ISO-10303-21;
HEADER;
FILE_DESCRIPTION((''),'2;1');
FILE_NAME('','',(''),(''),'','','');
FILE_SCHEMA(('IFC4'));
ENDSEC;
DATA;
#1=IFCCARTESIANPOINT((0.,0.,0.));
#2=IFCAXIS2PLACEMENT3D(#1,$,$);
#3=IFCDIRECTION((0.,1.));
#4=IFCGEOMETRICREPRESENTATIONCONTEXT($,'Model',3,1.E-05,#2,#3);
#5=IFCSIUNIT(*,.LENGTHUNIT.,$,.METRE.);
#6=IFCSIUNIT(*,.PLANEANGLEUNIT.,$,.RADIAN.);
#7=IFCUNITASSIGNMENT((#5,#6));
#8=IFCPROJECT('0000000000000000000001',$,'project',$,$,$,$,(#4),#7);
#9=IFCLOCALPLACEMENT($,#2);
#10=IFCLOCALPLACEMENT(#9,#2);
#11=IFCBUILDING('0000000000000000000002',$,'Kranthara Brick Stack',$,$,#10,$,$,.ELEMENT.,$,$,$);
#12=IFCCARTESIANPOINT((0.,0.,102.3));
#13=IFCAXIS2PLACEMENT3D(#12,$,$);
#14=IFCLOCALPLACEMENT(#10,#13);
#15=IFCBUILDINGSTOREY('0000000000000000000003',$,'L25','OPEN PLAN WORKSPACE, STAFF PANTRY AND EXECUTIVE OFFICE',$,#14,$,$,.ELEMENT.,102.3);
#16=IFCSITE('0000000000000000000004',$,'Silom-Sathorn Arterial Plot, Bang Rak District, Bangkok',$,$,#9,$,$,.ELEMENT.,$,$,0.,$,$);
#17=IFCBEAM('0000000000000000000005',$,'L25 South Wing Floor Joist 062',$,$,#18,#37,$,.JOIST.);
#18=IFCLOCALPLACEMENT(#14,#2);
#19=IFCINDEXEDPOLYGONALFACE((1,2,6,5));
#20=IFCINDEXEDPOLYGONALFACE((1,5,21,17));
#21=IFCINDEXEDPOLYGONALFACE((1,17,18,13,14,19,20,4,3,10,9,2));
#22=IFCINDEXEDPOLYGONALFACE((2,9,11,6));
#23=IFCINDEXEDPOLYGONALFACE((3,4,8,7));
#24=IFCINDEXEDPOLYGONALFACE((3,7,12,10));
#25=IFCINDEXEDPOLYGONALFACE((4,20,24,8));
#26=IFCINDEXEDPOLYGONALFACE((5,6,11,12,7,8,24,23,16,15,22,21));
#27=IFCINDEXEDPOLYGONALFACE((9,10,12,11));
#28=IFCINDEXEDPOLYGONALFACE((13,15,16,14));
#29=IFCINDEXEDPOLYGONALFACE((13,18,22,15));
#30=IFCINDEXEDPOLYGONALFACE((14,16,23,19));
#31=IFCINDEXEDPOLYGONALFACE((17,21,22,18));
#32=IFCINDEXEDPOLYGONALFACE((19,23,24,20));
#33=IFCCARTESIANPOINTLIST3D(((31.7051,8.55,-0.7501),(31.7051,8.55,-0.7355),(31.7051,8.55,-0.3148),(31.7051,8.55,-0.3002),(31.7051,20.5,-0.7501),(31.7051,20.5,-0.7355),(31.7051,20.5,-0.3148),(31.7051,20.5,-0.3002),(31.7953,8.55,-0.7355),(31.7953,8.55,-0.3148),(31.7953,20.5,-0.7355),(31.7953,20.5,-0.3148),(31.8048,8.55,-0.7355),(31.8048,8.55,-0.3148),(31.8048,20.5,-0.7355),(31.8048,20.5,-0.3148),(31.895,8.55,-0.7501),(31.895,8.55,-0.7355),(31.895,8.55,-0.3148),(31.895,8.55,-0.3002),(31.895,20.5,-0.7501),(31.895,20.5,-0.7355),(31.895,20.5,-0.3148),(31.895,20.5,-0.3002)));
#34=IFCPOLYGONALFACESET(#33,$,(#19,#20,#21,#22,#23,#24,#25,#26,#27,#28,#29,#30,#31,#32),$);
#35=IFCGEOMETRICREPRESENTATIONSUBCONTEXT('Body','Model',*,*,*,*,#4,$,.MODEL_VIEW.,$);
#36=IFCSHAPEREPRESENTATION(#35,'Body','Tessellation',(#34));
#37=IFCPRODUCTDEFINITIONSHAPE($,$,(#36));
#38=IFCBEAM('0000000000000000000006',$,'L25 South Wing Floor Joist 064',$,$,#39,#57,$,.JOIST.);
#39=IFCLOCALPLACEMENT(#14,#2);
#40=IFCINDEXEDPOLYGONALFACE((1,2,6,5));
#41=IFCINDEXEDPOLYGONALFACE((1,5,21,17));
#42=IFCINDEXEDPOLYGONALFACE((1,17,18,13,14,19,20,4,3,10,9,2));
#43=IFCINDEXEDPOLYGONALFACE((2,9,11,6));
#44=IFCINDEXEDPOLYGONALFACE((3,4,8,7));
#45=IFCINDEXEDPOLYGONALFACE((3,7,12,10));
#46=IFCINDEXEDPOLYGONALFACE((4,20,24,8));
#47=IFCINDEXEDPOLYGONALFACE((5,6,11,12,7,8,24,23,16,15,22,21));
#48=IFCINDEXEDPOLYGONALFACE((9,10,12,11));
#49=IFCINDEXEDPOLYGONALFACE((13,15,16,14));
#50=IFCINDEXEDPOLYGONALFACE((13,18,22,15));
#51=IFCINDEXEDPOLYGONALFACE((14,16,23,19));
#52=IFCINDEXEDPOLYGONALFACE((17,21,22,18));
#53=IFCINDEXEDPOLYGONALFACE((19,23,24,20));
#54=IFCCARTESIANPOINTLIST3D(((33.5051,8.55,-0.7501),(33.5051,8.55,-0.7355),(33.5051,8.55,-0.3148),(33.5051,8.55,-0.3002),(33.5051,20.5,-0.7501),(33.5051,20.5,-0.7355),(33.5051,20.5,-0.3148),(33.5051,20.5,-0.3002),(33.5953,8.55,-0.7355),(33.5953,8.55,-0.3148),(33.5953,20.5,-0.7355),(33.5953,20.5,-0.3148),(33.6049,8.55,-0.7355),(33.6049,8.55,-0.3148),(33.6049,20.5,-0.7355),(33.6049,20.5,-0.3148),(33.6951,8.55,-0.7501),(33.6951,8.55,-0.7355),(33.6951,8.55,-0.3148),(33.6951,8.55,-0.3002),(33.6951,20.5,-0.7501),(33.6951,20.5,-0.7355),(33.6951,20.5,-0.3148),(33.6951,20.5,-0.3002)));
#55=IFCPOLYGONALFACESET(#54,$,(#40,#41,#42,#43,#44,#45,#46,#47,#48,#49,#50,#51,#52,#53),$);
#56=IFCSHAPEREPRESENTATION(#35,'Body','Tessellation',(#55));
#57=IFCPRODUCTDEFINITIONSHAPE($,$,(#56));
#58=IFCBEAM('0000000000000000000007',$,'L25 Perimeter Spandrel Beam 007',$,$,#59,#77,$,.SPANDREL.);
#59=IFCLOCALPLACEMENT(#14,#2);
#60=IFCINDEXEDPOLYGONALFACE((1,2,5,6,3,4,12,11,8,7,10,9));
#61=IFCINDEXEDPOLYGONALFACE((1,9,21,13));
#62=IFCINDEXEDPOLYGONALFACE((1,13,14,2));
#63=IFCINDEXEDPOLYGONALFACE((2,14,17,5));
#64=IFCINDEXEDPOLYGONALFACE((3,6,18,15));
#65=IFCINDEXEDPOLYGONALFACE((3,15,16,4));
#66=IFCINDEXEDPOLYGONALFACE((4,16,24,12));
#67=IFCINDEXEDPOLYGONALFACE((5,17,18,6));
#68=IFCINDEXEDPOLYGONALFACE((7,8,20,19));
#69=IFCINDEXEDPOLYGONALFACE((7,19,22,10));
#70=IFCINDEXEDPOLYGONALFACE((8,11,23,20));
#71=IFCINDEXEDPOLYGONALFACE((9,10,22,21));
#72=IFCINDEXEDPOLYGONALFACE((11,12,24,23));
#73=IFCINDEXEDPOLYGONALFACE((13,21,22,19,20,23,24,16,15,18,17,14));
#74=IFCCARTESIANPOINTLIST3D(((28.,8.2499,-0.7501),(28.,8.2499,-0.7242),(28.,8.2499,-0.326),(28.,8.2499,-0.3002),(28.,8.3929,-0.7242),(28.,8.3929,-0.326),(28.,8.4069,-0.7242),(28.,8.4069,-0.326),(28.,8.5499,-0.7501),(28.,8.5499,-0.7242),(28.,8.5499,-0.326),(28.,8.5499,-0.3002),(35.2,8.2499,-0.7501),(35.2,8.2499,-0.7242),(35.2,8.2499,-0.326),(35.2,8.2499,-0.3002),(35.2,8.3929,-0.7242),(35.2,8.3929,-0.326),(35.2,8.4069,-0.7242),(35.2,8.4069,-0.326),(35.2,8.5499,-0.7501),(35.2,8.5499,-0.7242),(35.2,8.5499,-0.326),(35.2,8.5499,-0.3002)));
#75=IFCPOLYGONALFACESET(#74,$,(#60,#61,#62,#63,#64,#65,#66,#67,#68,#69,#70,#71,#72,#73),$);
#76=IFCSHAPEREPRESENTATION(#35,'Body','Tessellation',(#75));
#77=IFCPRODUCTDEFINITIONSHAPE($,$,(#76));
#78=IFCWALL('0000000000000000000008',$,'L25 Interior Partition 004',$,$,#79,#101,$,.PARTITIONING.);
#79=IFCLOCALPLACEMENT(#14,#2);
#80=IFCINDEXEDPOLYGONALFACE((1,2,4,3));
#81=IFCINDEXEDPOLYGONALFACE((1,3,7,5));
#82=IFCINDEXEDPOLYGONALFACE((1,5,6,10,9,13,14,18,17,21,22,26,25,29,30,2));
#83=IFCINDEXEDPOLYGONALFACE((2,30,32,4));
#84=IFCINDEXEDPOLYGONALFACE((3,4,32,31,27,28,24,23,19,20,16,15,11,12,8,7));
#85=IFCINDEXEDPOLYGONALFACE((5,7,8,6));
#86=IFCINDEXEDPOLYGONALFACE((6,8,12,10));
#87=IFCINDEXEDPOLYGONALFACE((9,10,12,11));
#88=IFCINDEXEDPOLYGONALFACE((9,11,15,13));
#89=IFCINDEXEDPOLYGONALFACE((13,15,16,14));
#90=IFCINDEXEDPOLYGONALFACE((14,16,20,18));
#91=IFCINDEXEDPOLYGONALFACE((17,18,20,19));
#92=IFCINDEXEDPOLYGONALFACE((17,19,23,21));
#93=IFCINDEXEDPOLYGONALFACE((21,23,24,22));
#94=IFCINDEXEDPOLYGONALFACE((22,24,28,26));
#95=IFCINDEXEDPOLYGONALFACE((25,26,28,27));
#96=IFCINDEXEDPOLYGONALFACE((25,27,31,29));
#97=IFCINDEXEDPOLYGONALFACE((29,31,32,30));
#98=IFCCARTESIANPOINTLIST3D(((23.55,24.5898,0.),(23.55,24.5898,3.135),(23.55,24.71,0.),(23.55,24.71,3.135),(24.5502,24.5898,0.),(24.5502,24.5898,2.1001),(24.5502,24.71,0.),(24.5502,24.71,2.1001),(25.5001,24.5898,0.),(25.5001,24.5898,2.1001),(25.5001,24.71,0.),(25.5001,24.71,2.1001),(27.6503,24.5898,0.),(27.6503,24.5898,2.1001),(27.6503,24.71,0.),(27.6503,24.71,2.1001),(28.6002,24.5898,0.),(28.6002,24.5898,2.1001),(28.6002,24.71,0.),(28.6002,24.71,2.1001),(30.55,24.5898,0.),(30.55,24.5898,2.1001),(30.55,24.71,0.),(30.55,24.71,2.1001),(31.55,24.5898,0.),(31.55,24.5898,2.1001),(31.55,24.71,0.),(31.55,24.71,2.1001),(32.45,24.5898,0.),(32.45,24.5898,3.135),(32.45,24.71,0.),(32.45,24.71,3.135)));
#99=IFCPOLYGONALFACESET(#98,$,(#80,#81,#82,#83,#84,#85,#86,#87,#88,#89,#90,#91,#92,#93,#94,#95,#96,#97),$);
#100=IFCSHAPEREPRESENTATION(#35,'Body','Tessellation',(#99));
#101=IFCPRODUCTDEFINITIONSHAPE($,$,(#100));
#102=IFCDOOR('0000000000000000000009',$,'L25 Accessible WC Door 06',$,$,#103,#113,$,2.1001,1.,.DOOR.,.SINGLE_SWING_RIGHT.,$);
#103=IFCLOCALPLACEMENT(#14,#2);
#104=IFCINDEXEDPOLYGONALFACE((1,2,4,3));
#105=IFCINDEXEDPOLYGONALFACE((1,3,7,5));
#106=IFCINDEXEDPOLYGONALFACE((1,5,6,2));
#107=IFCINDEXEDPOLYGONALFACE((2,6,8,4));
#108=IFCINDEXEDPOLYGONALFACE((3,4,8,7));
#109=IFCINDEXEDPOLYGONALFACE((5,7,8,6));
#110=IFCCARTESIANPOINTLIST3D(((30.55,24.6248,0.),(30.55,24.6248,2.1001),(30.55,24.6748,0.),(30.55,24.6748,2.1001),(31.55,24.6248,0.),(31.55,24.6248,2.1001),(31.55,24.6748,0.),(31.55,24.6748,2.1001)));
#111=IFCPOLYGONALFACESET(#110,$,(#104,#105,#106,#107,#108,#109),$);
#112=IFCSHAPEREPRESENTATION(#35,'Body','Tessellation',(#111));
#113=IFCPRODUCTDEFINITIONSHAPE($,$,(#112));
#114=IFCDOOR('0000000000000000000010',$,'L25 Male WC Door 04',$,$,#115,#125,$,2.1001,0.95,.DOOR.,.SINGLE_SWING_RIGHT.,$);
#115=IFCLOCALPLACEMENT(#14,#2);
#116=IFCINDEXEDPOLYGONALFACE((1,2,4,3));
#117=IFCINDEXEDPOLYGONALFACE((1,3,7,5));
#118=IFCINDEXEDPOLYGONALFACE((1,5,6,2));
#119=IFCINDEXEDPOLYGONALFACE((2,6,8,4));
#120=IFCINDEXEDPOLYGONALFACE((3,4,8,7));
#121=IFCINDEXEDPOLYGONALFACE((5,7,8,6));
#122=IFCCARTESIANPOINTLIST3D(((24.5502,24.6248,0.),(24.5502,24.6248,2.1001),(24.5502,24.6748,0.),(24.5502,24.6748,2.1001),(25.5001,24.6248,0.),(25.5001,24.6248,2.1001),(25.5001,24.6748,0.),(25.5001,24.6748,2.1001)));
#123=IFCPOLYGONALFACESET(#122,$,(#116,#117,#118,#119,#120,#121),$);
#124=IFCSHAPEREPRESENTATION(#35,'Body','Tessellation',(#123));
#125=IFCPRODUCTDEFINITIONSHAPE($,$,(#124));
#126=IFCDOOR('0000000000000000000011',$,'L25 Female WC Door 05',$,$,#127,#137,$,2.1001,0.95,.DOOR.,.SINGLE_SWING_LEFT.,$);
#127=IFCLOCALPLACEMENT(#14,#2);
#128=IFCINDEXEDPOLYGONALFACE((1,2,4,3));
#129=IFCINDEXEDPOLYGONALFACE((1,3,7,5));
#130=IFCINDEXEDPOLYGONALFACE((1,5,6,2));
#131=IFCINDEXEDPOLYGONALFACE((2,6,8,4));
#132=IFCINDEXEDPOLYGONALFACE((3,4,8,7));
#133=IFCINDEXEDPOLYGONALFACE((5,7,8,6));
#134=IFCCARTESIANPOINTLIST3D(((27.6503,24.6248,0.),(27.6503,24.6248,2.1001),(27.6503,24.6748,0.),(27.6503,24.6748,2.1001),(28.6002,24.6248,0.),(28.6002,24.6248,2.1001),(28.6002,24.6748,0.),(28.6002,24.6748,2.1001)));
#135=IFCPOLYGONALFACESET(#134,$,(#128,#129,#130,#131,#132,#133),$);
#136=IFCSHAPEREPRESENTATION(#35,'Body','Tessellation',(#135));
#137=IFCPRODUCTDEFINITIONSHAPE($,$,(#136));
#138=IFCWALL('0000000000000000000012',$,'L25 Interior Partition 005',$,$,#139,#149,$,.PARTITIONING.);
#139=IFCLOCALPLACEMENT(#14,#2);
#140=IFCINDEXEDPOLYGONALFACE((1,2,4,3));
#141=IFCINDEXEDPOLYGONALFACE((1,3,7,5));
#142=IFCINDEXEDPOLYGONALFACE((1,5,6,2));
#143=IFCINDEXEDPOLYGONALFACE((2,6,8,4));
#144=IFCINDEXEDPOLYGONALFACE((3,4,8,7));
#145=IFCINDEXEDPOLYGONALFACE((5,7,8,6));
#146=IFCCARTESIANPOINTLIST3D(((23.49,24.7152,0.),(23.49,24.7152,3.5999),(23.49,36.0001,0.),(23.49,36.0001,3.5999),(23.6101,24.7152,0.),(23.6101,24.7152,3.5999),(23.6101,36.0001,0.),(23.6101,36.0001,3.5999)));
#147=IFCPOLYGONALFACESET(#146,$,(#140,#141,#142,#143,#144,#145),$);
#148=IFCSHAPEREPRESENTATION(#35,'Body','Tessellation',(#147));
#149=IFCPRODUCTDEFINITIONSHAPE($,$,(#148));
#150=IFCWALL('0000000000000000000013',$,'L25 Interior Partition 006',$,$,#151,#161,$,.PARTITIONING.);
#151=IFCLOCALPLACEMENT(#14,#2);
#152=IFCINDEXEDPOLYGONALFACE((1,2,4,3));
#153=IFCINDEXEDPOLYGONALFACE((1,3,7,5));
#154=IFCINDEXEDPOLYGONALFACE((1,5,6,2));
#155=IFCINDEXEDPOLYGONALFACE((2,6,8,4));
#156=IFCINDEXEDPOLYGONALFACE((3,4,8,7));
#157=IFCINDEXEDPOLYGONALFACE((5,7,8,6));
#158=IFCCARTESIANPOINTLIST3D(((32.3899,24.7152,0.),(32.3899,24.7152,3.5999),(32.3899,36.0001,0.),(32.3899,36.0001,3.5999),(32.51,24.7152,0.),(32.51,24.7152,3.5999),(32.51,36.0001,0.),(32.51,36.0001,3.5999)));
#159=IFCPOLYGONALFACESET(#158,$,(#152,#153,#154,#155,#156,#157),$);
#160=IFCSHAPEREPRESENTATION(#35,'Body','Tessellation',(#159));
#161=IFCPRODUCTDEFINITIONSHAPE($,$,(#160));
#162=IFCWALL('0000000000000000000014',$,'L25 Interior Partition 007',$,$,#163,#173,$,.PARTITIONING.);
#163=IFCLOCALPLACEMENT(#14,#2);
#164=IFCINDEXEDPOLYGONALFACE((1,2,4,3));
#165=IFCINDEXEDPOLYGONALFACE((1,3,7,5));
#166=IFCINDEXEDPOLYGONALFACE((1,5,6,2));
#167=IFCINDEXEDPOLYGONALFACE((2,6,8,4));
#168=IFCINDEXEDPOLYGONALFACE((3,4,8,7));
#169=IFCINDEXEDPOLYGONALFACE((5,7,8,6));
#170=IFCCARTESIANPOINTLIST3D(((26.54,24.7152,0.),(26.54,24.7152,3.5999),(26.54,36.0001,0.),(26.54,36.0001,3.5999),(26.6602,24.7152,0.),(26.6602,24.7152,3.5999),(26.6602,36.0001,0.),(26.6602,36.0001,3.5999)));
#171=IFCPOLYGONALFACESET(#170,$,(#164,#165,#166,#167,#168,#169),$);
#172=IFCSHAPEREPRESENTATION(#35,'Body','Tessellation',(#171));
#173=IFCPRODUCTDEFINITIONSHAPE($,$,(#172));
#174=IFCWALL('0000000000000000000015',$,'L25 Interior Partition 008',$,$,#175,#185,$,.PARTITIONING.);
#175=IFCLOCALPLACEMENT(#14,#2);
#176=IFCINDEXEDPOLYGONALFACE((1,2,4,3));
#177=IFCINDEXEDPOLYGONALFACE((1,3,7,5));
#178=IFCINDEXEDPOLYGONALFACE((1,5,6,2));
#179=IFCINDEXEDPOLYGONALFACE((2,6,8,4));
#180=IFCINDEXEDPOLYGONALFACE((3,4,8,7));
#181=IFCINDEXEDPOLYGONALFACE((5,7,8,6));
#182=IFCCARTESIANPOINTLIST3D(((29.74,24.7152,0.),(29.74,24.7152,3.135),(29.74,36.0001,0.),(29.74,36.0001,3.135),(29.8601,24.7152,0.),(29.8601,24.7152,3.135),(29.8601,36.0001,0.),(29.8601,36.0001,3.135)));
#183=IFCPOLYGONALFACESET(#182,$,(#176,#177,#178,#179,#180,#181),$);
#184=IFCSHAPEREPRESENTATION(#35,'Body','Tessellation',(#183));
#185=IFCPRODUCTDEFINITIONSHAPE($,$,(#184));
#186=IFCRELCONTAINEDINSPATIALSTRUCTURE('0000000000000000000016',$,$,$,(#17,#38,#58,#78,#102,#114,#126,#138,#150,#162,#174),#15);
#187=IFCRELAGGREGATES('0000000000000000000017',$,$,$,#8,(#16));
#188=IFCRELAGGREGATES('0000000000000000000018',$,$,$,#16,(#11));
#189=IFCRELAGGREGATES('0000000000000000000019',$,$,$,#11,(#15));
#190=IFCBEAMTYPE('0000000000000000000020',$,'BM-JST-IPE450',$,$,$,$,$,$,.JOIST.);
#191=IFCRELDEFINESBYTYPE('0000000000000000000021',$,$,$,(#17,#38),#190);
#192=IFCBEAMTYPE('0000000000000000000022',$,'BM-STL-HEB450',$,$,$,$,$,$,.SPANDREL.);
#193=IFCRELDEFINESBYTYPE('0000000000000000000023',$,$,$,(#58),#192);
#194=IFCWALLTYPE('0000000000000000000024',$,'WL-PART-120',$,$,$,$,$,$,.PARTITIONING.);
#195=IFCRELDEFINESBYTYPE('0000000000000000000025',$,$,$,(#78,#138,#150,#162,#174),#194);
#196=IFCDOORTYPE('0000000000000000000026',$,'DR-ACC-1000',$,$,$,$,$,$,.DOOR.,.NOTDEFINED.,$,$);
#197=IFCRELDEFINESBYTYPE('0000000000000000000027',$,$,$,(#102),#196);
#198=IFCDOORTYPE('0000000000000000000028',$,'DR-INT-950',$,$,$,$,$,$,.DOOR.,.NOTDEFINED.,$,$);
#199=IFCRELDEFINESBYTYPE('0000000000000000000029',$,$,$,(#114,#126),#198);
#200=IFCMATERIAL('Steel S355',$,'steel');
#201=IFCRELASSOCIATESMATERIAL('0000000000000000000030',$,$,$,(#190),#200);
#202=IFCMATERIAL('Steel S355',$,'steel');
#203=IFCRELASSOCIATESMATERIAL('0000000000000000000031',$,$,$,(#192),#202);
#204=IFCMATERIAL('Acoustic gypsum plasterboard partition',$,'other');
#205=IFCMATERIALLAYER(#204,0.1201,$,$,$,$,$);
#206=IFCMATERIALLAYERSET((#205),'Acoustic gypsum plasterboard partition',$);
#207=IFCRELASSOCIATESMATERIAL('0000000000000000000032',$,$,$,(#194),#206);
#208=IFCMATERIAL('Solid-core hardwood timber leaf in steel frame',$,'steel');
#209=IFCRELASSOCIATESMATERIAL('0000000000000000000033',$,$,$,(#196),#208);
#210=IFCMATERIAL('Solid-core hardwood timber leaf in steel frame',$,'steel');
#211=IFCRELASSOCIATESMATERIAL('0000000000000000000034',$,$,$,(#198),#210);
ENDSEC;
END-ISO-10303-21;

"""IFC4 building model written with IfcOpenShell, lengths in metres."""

from ifc_helpers import new_model, si_unit, direction, frame, frame_2d, origin, origin_2d, place, context, subcontext, project, spatial, rectangle, i_section, extrude, material, layer, layer_set, material_profile, profile_set, type_object, element, fill, save


model = new_model("IFC4")

# Units and contexts
model_context = context("Model", 3, precision=1e-05, world=origin(), true_north=direction((0.0, 1.0)))
body_context = subcontext(model_context, "Body", "Model", "MODEL_VIEW")
ifc_project = project(units=[si_unit("LENGTHUNIT", "METRE"), si_unit("PLANEANGLEUNIT", "RADIAN")], contexts=[model_context])

# Site, building, storey
site_placement = place(None, origin())
site = spatial("IfcSite", under=ifc_project, at=site_placement, Name="Silom-Sathorn Arterial Plot, Bang Rak District, Bangkok", CompositionType="ELEMENT", RefElevation=0.0)
building_placement = place(site_placement, origin())
building = spatial("IfcBuilding", under=site, at=building_placement, Name="Kranthara Brick Stack", CompositionType="ELEMENT")
storey_placement = place(building_placement, frame((0.0, 0.0, 102.3)))
storey = spatial("IfcBuildingStorey", under=building, at=storey_placement, Name="L25", Description="OPEN PLAN WORKSPACE, STAFF PANTRY AND EXECUTIVE OFFICE", CompositionType="ELEMENT", Elevation=102.3)

# Beams
ifc_material_1 = material(Name="Steel S355", Category="steel")
ifc_material_profile_1 = material_profile(ifc_material_1, i_section(OverallWidth=0.1899, OverallDepth=0.45, WebThickness=0.0095, FlangeThickness=0.0146, at=origin_2d()), Name="IPE 450")
ifc_profile_set_1 = profile_set([ifc_material_profile_1], Name="Steel S355")
beam_type_1 = type_object("IfcBeamType", Name="BM-JST-IPE450", PredefinedType="JOIST", material=ifc_profile_set_1)
for number, where, z_axis, x_axis, name in (
    (1, (31.8, 8.55, -0.5251), (0.0, 1.0, 0.0), (-1.0, 0.0, 0.0), "L25 South Wing Floor Joist 062"),
    (2, (33.6001, 8.55, -0.5251), (0.0, 1.0, 0.0), (-1.0, 0.0, 0.0), "L25 South Wing Floor Joist 064"),
):
    element("IfcBeam", number, at=place(storey_placement, frame(where, z_axis=z_axis, x_axis=x_axis)), inside=storey, type_object=beam_type_1, Name=name, PredefinedType="JOIST", context=body_context, shape_type="SweptSolid", body=[
        extrude(i_section(OverallWidth=0.1899, OverallDepth=0.45, WebThickness=0.0095, FlangeThickness=0.0146, at=origin_2d()), origin(), (0.0, 0.0, 1.0), 11.95),
    ])
ifc_material_2 = material(Name="Steel S355", Category="steel")
ifc_material_profile_2 = material_profile(ifc_material_2, i_section(OverallWidth=0.3, OverallDepth=0.45, WebThickness=0.0139, FlangeThickness=0.0259, at=origin_2d()), Name="HEB 450")
ifc_profile_set_2 = profile_set([ifc_material_profile_2], Name="Steel S355")
beam_type_2 = type_object("IfcBeamType", Name="BM-STL-HEB450", PredefinedType="SPANDREL", material=ifc_profile_set_2)
beam_1_placement = place(storey_placement, frame((28.0, 8.3999, -0.5251), z_axis=(1.0, 0.0, 0.0), x_axis=(0.0, 1.0, 0.0)))
element("IfcBeam", 3, at=beam_1_placement, inside=storey, type_object=beam_type_2, Name="L25 Perimeter Spandrel Beam 007", PredefinedType="SPANDREL", context=body_context, shape_type="SweptSolid", body=[
    extrude(i_section(OverallWidth=0.3, OverallDepth=0.45, WebThickness=0.0139, FlangeThickness=0.0259, at=origin_2d()), origin(), (0.0, 0.0, 1.0), 7.2),
])

# Wall, openings, doors
ifc_material_3 = material(Name="Acoustic gypsum plasterboard partition", Category="other")
ifc_layer = layer(ifc_material_3, 0.1201)
ifc_layer_set = layer_set([ifc_layer], Name="Acoustic gypsum plasterboard partition")
wall_type = type_object("IfcWallType", Name="WL-PART-120", PredefinedType="PARTITIONING", material=ifc_layer_set)
wall_1_placement = place(storey_placement, frame((23.55, 24.6499, 0.0), z_axis=(0.0, 0.0, 1.0), x_axis=(1.0, 0.0, 0.0)))
wall_1 = element("IfcWall", 4, at=wall_1_placement, inside=storey, type_object=wall_type, Name="L25 Interior Partition 004", PredefinedType="PARTITIONING", context=body_context, shape_type="SweptSolid", body=[
    extrude(rectangle(XDim=8.8999, YDim=0.1201, at=frame_2d((4.45, 0.0))), origin(), (0.0, 0.0, 1.0), 3.135),
])
opening_1_placement = place(wall_1_placement, frame((1.0, 0.0, 0.0)))
opening_1 = element("IfcOpeningElement", 5, at=opening_1_placement, cuts=wall_1, PredefinedType="OPENING", context=body_context, shape_type="SweptSolid", body=[
    extrude(rectangle(XDim=0.95, YDim=2.1001, at=frame_2d((0.4751, 1.05))), frame((0.0, 0.0701, 0.0), z_axis=(0.0, -1.0, 0.0), x_axis=(1.0, 0.0, 0.0)), (0.0, 0.0, 1.0), 0.1401),
])
opening_2_placement = place(wall_1_placement, frame((4.1001, 0.0, 0.0)))
opening_2 = element("IfcOpeningElement", 6, at=opening_2_placement, cuts=wall_1, PredefinedType="OPENING", context=body_context, shape_type="SweptSolid", body=[
    extrude(rectangle(XDim=0.95, YDim=2.1001, at=frame_2d((0.4751, 1.05))), frame((0.0, 0.0701, 0.0), z_axis=(0.0, -1.0, 0.0), x_axis=(1.0, 0.0, 0.0)), (0.0, 0.0, 1.0), 0.1401),
])
opening_3_placement = place(wall_1_placement, frame((7.0, 0.0, 0.0)))
opening_3 = element("IfcOpeningElement", 7, at=opening_3_placement, cuts=wall_1, PredefinedType="OPENING", context=body_context, shape_type="SweptSolid", body=[
    extrude(rectangle(XDim=1.0, YDim=2.1001, at=frame_2d((0.5, 1.05))), frame((0.0, 0.0701, 0.0), z_axis=(0.0, -1.0, 0.0), x_axis=(1.0, 0.0, 0.0)), (0.0, 0.0, 1.0), 0.1401),
])
ifc_material_4 = material(Name="Solid-core hardwood timber leaf in steel frame", Category="steel")
door_type_1 = type_object("IfcDoorType", Name="DR-ACC-1000", OperationType="NOTDEFINED", PredefinedType="DOOR", material=ifc_material_4)
door_1_placement = place(opening_3_placement, origin())
door_1 = element("IfcDoor", 8, at=door_1_placement, inside=storey, type_object=door_type_1, Name="L25 Accessible WC Door 06", OperationType="SINGLE_SWING_RIGHT", OverallHeight=2.1001, OverallWidth=1.0, PredefinedType="DOOR", context=body_context, shape_type="SweptSolid", body=[
    extrude(rectangle(XDim=1.0, YDim=2.1001, at=frame_2d((0.5, 1.05))), frame((0.0, 0.0249, 0.0), z_axis=(0.0, -1.0, 0.0), x_axis=(1.0, 0.0, 0.0)), (0.0, 0.0, 1.0), 0.05),
])
fill(opening_3, door_1)
ifc_material_5 = material(Name="Solid-core hardwood timber leaf in steel frame", Category="steel")
door_type_2 = type_object("IfcDoorType", Name="DR-INT-950", OperationType="NOTDEFINED", PredefinedType="DOOR", material=ifc_material_5)
door_2_placement = place(opening_1_placement, origin())
door_2 = element("IfcDoor", 9, at=door_2_placement, inside=storey, type_object=door_type_2, Name="L25 Male WC Door 04", OperationType="SINGLE_SWING_RIGHT", OverallHeight=2.1001, OverallWidth=0.95, PredefinedType="DOOR", context=body_context, shape_type="SweptSolid", body=[
    extrude(rectangle(XDim=0.95, YDim=2.1001, at=frame_2d((0.4751, 1.05))), frame((0.0, 0.0249, 0.0), z_axis=(0.0, -1.0, 0.0), x_axis=(1.0, 0.0, 0.0)), (0.0, 0.0, 1.0), 0.05),
])
fill(opening_1, door_2)
door_3_placement = place(opening_2_placement, origin())
door_3 = element("IfcDoor", 10, at=door_3_placement, inside=storey, type_object=door_type_2, Name="L25 Female WC Door 05", OperationType="SINGLE_SWING_LEFT", OverallHeight=2.1001, OverallWidth=0.95, PredefinedType="DOOR", context=body_context, shape_type="SweptSolid", body=[
    extrude(rectangle(XDim=0.95, YDim=2.1001, at=frame_2d((0.4751, 1.05))), frame((0.0, 0.0249, 0.0), z_axis=(0.0, -1.0, 0.0), x_axis=(1.0, 0.0, 0.0)), (0.0, 0.0, 1.0), 0.05),
])
fill(opening_2, door_3)

# Walls
for number, where, z_axis, x_axis, name in (
    (11, (23.55, 24.7151, 0.0), (0.0, 0.0, 1.0), (0.0, 1.0, 0.0), "L25 Interior Partition 005"),
    (12, (32.45, 24.7151, 0.0), (0.0, 0.0, 1.0), (0.0, 1.0, 0.0), "L25 Interior Partition 006"),
    (13, (26.6001, 24.7151, 0.0), (0.0, 0.0, 1.0), (0.0, 1.0, 0.0), "L25 Interior Partition 007"),
):
    element("IfcWall", number, at=place(storey_placement, frame(where, z_axis=z_axis, x_axis=x_axis)), inside=storey, type_object=wall_type, Name=name, PredefinedType="PARTITIONING", context=body_context, shape_type="SweptSolid", body=[
        extrude(rectangle(XDim=11.2849, YDim=0.1201, at=frame_2d((5.6426, 0.0))), origin(), (0.0, 0.0, 1.0), 3.5999),
    ])
wall_2_placement = place(storey_placement, frame((29.8, 24.7151, 0.0), z_axis=(0.0, 0.0, 1.0), x_axis=(0.0, 1.0, 0.0)))
element("IfcWall", 14, at=wall_2_placement, inside=storey, type_object=wall_type, Name="L25 Interior Partition 008", PredefinedType="PARTITIONING", context=body_context, shape_type="SweptSolid", body=[
    extrude(rectangle(XDim=11.2849, YDim=0.1201, at=frame_2d((5.6426, 0.0))), origin(), (0.0, 0.0, 1.0), 3.135),
])

save(model, "model.ifc")
